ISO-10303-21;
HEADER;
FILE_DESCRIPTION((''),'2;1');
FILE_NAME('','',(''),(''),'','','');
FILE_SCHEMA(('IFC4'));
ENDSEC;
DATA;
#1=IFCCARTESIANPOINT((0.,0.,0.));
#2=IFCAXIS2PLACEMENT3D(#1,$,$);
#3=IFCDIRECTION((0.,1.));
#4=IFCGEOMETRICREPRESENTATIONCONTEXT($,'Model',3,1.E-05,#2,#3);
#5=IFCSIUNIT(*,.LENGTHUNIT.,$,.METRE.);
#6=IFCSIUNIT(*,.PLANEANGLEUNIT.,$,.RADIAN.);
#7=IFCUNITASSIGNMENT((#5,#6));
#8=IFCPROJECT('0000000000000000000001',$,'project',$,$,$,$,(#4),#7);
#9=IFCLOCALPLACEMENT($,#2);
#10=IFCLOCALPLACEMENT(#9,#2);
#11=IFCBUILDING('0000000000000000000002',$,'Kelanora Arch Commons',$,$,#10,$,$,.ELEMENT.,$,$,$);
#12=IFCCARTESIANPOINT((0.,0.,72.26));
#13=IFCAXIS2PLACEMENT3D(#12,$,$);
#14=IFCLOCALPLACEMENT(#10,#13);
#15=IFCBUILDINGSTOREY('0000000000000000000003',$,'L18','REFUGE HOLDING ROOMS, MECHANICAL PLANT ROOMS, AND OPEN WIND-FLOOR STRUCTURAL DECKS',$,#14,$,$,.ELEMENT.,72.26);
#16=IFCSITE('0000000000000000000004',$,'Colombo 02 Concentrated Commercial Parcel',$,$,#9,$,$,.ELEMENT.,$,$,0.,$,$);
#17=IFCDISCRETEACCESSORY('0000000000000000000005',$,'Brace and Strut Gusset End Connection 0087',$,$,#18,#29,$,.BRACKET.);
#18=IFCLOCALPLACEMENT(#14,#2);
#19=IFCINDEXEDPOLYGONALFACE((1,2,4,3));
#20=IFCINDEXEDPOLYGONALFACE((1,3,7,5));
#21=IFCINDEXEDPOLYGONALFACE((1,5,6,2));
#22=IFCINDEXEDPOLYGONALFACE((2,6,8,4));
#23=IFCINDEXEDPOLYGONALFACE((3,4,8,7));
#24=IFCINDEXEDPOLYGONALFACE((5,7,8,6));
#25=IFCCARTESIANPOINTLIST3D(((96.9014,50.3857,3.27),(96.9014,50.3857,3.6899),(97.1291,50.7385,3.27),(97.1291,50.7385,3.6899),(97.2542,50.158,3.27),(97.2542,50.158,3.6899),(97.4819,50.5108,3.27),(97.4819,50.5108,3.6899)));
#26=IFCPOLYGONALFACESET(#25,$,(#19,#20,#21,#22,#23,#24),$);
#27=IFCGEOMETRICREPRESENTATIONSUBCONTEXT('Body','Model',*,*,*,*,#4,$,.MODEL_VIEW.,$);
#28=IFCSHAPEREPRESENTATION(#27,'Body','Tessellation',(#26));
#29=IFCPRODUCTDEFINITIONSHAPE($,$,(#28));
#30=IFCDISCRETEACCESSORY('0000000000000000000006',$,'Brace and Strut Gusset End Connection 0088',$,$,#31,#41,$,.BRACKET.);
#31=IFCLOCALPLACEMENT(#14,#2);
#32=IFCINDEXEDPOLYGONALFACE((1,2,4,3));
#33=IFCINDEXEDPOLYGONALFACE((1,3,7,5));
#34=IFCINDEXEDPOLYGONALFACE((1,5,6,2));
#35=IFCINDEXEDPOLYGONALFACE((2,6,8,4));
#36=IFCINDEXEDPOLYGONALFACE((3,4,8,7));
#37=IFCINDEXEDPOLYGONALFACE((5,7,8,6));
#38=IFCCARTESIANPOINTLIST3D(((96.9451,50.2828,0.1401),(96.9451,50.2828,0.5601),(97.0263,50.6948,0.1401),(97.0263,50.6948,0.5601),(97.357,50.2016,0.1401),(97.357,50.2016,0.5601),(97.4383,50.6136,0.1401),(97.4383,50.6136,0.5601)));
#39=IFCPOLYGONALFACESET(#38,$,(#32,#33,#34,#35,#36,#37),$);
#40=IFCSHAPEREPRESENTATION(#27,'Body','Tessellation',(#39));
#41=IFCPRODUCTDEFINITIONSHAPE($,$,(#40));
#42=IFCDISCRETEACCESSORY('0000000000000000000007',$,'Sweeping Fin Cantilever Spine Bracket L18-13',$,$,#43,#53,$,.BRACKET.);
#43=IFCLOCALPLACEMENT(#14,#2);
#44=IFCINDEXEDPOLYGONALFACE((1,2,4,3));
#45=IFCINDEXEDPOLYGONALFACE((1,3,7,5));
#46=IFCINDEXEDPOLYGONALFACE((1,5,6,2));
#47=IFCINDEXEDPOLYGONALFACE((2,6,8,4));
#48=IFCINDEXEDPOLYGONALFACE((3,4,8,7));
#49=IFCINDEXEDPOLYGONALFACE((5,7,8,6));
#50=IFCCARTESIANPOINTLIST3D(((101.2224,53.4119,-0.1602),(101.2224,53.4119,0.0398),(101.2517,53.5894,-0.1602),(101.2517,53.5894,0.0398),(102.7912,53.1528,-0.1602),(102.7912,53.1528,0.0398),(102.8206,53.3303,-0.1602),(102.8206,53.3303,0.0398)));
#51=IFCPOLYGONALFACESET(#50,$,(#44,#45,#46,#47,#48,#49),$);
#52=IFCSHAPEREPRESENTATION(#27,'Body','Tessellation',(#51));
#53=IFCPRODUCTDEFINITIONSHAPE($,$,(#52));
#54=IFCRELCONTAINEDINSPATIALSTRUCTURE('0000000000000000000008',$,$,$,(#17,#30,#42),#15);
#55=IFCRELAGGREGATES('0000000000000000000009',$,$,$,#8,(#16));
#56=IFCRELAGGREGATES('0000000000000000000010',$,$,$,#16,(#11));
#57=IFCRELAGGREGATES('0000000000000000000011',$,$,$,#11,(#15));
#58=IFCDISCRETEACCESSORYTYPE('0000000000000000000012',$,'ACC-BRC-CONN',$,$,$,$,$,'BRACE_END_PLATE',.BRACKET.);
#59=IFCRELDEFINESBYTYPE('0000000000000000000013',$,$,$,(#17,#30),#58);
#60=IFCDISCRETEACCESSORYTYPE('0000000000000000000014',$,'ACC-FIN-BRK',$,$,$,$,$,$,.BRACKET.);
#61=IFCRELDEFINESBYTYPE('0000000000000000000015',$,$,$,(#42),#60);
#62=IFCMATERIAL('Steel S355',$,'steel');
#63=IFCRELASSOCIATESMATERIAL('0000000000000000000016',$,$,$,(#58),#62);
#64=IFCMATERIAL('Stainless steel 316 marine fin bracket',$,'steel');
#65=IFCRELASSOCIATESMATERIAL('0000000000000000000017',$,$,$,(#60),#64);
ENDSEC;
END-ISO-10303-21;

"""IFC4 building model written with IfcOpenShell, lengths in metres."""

from ifc_helpers import new_model, si_unit, direction, frame, origin, origin_2d, place, context, subcontext, project, spatial, rectangle, extrude, source, transform, mapped, material, type_object, element, save


model = new_model("IFC4")

# Units and contexts
model_context = context("Model", 3, precision=1e-05, world=origin(), true_north=direction((0.0, 1.0)))
body_context = subcontext(model_context, "Body", "Model", "MODEL_VIEW")
ifc_project = project(units=[si_unit("LENGTHUNIT", "METRE"), si_unit("PLANEANGLEUNIT", "RADIAN")], contexts=[model_context])

# Site, building, storey
site_placement = place(None, origin())
site = spatial("IfcSite", under=ifc_project, at=site_placement, Name="Colombo 02 Concentrated Commercial Parcel", CompositionType="ELEMENT", RefElevation=0.0)
building_placement = place(site_placement, origin())
building = spatial("IfcBuilding", under=site, at=building_placement, Name="Kelanora Arch Commons", CompositionType="ELEMENT")
storey_placement = place(building_placement, frame((0.0, 0.0, 72.26)))
storey = spatial("IfcBuildingStorey", under=building, at=storey_placement, Name="L18", Description="REFUGE HOLDING ROOMS, MECHANICAL PLANT ROOMS, AND OPEN WIND-FLOOR STRUCTURAL DECKS", CompositionType="ELEMENT", Elevation=72.26)

# Shared definitions
ifc_material_1 = material(Name="Steel S355", Category="steel")

# Discrete accessories
discrete_accessory_type_1 = type_object("IfcDiscreteAccessoryType", Name="ACC-BRC-CONN", ElementType="BRACE_END_PLATE", PredefinedType="BRACKET", material=ifc_material_1)
shared_shape_1 = source(origin(), body_context, "Body", "SweptSolid", [
    extrude(rectangle(XDim=0.4199, YDim=0.4199, at=origin_2d()), origin(), (0.0, 0.0, 1.0), 0.4199),
])
for number, where, z_axis, x_axis, name in (
    (1, (97.1917, 50.4482, 3.27), (0.0, 0.0, 1.0), (0.542295, 0.840188, 0.0), "Brace and Strut Gusset End Connection 0087"),
    (2, (97.1917, 50.4482, 0.1401), (0.0, 0.0, 1.0), (0.193378, 0.981124, 0.0), "Brace and Strut Gusset End Connection 0088"),
):
    element("IfcDiscreteAccessory", number, at=place(storey_placement, frame(where, z_axis=z_axis, x_axis=x_axis)), inside=storey, type_object=discrete_accessory_type_1, Name=name, PredefinedType="BRACKET", context=body_context, shape_type="MappedRepresentation", body=[
        mapped(shared_shape_1, transform((0.0, 0.0, 0.0), scale=1.0)),
    ])
ifc_material_2 = material(Name="Stainless steel 316 marine fin bracket", Category="steel")
discrete_accessory_type_2 = type_object("IfcDiscreteAccessoryType", Name="ACC-FIN-BRK", PredefinedType="BRACKET", material=ifc_material_2)
shared_shape_2 = source(origin(), body_context, "Body", "SweptSolid", [
    extrude(rectangle(XDim=1.5901, YDim=0.1799, at=origin_2d()), origin(), (0.0, 0.0, 1.0), 0.2),
])
discrete_accessory_placement = place(storey_placement, frame((102.0215, 53.3711, -0.1602), z_axis=(0.0, 0.0, 1.0), x_axis=(0.986629, -0.162982, 0.0)))
element("IfcDiscreteAccessory", 3, at=discrete_accessory_placement, inside=storey, type_object=discrete_accessory_type_2, Name="Sweeping Fin Cantilever Spine Bracket L18-13", PredefinedType="BRACKET", context=body_context, shape_type="MappedRepresentation", body=[
    mapped(shared_shape_2, transform((0.0, 0.0, 0.0), scale=1.0)),
])

save(model, "model.ifc")
